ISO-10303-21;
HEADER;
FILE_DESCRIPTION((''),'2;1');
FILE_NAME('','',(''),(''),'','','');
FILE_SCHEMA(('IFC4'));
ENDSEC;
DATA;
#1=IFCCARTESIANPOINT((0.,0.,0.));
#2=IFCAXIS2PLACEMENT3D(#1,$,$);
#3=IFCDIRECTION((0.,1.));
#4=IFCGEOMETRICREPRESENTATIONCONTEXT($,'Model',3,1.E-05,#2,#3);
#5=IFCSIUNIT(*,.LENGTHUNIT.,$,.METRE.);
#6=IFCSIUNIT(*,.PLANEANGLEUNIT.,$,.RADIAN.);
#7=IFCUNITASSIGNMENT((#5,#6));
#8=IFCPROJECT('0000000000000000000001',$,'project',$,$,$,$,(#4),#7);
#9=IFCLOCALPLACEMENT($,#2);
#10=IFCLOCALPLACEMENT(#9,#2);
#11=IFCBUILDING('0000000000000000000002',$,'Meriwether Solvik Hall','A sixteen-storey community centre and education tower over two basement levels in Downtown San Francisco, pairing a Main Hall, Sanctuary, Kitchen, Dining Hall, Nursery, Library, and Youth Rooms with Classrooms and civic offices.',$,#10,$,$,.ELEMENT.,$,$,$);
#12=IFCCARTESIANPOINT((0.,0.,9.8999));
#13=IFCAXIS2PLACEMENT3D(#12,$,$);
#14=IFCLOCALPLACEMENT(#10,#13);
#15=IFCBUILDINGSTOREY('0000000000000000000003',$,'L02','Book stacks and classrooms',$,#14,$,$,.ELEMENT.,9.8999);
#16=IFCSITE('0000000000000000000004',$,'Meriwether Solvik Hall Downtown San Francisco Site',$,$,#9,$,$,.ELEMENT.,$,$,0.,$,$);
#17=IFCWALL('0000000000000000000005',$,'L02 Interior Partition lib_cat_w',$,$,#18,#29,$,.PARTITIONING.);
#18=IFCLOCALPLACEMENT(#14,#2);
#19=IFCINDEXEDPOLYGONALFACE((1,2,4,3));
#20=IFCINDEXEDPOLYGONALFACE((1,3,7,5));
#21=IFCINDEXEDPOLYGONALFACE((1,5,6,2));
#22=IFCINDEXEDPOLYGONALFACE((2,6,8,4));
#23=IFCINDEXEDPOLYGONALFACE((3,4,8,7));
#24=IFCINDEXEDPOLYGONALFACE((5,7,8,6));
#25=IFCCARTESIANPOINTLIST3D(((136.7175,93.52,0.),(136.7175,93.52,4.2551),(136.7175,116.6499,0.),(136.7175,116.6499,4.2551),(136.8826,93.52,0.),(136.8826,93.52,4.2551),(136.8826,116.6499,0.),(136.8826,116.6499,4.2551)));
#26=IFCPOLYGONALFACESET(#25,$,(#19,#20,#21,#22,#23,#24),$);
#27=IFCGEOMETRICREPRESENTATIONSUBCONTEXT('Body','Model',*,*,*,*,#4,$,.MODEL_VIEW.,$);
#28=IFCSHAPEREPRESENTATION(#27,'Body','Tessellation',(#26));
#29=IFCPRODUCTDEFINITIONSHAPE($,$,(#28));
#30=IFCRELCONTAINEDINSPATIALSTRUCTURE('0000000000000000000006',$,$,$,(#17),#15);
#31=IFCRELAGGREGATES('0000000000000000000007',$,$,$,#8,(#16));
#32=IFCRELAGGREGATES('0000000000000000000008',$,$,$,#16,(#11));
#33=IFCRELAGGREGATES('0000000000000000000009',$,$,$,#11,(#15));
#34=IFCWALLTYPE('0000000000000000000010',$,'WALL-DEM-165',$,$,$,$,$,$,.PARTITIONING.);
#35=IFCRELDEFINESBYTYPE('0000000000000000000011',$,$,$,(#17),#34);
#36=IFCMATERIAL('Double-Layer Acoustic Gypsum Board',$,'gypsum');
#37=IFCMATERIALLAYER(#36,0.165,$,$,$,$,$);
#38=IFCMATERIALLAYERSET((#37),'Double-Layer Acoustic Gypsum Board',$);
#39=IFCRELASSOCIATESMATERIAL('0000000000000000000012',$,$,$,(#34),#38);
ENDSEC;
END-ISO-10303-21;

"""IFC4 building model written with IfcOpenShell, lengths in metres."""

from ifc_helpers import new_model, si_unit, direction, frame, frame_2d, origin, place, context, subcontext, project, spatial, rectangle, extrude, material, layer, layer_set, type_object, element, save


model = new_model("IFC4")

# Units and contexts
model_context = context("Model", 3, precision=1e-05, world=origin(), true_north=direction((0.0, 1.0)))
body_context = subcontext(model_context, "Body", "Model", "MODEL_VIEW")
ifc_project = project(units=[si_unit("LENGTHUNIT", "METRE"), si_unit("PLANEANGLEUNIT", "RADIAN")], contexts=[model_context])

# Site, building, storey
site_placement = place(None, origin())
site = spatial("IfcSite", under=ifc_project, at=site_placement, Name="Meriwether Solvik Hall Downtown San Francisco Site", CompositionType="ELEMENT", RefElevation=0.0)
building_placement = place(site_placement, origin())
building = spatial("IfcBuilding", under=site, at=building_placement, Name="Meriwether Solvik Hall", Description="A sixteen-storey community centre and education tower over two basement levels in Downtown San Francisco, pairing a Main Hall, Sanctuary, Kitchen, Dining Hall, Nursery, Library, and Youth Rooms with Classrooms and civic offices.", CompositionType="ELEMENT")
storey_placement = place(building_placement, frame((0.0, 0.0, 9.8999)))
storey = spatial("IfcBuildingStorey", under=building, at=storey_placement, Name="L02", Description="Book stacks and classrooms", CompositionType="ELEMENT", Elevation=9.8999)

# Wall
ifc_material_1 = material(Name="Double-Layer Acoustic Gypsum Board", Category="gypsum")
ifc_layer_1 = layer(ifc_material_1, 0.165)
ifc_layer_set_1 = layer_set([ifc_layer_1], Name="Double-Layer Acoustic Gypsum Board")
wall_type = type_object("IfcWallType", Name="WALL-DEM-165", PredefinedType="PARTITIONING", material=ifc_layer_set_1)
wall_placement = place(storey_placement, frame((136.8, 116.6499, 0.0), z_axis=(0.0, 0.0, 1.0), x_axis=(0.0, -1.0, 0.0)))
element("IfcWall", 1, at=wall_placement, inside=storey, type_object=wall_type, Name="L02 Interior Partition lib_cat_w", PredefinedType="PARTITIONING", context=body_context, shape_type="SweptSolid", body=[
    extrude(rectangle(XDim=23.1299, YDim=0.165, at=frame_2d((11.5649, 0.0))), origin(), (0.0, 0.0, 1.0), 4.2551),
])

save(model, "model.ifc")
